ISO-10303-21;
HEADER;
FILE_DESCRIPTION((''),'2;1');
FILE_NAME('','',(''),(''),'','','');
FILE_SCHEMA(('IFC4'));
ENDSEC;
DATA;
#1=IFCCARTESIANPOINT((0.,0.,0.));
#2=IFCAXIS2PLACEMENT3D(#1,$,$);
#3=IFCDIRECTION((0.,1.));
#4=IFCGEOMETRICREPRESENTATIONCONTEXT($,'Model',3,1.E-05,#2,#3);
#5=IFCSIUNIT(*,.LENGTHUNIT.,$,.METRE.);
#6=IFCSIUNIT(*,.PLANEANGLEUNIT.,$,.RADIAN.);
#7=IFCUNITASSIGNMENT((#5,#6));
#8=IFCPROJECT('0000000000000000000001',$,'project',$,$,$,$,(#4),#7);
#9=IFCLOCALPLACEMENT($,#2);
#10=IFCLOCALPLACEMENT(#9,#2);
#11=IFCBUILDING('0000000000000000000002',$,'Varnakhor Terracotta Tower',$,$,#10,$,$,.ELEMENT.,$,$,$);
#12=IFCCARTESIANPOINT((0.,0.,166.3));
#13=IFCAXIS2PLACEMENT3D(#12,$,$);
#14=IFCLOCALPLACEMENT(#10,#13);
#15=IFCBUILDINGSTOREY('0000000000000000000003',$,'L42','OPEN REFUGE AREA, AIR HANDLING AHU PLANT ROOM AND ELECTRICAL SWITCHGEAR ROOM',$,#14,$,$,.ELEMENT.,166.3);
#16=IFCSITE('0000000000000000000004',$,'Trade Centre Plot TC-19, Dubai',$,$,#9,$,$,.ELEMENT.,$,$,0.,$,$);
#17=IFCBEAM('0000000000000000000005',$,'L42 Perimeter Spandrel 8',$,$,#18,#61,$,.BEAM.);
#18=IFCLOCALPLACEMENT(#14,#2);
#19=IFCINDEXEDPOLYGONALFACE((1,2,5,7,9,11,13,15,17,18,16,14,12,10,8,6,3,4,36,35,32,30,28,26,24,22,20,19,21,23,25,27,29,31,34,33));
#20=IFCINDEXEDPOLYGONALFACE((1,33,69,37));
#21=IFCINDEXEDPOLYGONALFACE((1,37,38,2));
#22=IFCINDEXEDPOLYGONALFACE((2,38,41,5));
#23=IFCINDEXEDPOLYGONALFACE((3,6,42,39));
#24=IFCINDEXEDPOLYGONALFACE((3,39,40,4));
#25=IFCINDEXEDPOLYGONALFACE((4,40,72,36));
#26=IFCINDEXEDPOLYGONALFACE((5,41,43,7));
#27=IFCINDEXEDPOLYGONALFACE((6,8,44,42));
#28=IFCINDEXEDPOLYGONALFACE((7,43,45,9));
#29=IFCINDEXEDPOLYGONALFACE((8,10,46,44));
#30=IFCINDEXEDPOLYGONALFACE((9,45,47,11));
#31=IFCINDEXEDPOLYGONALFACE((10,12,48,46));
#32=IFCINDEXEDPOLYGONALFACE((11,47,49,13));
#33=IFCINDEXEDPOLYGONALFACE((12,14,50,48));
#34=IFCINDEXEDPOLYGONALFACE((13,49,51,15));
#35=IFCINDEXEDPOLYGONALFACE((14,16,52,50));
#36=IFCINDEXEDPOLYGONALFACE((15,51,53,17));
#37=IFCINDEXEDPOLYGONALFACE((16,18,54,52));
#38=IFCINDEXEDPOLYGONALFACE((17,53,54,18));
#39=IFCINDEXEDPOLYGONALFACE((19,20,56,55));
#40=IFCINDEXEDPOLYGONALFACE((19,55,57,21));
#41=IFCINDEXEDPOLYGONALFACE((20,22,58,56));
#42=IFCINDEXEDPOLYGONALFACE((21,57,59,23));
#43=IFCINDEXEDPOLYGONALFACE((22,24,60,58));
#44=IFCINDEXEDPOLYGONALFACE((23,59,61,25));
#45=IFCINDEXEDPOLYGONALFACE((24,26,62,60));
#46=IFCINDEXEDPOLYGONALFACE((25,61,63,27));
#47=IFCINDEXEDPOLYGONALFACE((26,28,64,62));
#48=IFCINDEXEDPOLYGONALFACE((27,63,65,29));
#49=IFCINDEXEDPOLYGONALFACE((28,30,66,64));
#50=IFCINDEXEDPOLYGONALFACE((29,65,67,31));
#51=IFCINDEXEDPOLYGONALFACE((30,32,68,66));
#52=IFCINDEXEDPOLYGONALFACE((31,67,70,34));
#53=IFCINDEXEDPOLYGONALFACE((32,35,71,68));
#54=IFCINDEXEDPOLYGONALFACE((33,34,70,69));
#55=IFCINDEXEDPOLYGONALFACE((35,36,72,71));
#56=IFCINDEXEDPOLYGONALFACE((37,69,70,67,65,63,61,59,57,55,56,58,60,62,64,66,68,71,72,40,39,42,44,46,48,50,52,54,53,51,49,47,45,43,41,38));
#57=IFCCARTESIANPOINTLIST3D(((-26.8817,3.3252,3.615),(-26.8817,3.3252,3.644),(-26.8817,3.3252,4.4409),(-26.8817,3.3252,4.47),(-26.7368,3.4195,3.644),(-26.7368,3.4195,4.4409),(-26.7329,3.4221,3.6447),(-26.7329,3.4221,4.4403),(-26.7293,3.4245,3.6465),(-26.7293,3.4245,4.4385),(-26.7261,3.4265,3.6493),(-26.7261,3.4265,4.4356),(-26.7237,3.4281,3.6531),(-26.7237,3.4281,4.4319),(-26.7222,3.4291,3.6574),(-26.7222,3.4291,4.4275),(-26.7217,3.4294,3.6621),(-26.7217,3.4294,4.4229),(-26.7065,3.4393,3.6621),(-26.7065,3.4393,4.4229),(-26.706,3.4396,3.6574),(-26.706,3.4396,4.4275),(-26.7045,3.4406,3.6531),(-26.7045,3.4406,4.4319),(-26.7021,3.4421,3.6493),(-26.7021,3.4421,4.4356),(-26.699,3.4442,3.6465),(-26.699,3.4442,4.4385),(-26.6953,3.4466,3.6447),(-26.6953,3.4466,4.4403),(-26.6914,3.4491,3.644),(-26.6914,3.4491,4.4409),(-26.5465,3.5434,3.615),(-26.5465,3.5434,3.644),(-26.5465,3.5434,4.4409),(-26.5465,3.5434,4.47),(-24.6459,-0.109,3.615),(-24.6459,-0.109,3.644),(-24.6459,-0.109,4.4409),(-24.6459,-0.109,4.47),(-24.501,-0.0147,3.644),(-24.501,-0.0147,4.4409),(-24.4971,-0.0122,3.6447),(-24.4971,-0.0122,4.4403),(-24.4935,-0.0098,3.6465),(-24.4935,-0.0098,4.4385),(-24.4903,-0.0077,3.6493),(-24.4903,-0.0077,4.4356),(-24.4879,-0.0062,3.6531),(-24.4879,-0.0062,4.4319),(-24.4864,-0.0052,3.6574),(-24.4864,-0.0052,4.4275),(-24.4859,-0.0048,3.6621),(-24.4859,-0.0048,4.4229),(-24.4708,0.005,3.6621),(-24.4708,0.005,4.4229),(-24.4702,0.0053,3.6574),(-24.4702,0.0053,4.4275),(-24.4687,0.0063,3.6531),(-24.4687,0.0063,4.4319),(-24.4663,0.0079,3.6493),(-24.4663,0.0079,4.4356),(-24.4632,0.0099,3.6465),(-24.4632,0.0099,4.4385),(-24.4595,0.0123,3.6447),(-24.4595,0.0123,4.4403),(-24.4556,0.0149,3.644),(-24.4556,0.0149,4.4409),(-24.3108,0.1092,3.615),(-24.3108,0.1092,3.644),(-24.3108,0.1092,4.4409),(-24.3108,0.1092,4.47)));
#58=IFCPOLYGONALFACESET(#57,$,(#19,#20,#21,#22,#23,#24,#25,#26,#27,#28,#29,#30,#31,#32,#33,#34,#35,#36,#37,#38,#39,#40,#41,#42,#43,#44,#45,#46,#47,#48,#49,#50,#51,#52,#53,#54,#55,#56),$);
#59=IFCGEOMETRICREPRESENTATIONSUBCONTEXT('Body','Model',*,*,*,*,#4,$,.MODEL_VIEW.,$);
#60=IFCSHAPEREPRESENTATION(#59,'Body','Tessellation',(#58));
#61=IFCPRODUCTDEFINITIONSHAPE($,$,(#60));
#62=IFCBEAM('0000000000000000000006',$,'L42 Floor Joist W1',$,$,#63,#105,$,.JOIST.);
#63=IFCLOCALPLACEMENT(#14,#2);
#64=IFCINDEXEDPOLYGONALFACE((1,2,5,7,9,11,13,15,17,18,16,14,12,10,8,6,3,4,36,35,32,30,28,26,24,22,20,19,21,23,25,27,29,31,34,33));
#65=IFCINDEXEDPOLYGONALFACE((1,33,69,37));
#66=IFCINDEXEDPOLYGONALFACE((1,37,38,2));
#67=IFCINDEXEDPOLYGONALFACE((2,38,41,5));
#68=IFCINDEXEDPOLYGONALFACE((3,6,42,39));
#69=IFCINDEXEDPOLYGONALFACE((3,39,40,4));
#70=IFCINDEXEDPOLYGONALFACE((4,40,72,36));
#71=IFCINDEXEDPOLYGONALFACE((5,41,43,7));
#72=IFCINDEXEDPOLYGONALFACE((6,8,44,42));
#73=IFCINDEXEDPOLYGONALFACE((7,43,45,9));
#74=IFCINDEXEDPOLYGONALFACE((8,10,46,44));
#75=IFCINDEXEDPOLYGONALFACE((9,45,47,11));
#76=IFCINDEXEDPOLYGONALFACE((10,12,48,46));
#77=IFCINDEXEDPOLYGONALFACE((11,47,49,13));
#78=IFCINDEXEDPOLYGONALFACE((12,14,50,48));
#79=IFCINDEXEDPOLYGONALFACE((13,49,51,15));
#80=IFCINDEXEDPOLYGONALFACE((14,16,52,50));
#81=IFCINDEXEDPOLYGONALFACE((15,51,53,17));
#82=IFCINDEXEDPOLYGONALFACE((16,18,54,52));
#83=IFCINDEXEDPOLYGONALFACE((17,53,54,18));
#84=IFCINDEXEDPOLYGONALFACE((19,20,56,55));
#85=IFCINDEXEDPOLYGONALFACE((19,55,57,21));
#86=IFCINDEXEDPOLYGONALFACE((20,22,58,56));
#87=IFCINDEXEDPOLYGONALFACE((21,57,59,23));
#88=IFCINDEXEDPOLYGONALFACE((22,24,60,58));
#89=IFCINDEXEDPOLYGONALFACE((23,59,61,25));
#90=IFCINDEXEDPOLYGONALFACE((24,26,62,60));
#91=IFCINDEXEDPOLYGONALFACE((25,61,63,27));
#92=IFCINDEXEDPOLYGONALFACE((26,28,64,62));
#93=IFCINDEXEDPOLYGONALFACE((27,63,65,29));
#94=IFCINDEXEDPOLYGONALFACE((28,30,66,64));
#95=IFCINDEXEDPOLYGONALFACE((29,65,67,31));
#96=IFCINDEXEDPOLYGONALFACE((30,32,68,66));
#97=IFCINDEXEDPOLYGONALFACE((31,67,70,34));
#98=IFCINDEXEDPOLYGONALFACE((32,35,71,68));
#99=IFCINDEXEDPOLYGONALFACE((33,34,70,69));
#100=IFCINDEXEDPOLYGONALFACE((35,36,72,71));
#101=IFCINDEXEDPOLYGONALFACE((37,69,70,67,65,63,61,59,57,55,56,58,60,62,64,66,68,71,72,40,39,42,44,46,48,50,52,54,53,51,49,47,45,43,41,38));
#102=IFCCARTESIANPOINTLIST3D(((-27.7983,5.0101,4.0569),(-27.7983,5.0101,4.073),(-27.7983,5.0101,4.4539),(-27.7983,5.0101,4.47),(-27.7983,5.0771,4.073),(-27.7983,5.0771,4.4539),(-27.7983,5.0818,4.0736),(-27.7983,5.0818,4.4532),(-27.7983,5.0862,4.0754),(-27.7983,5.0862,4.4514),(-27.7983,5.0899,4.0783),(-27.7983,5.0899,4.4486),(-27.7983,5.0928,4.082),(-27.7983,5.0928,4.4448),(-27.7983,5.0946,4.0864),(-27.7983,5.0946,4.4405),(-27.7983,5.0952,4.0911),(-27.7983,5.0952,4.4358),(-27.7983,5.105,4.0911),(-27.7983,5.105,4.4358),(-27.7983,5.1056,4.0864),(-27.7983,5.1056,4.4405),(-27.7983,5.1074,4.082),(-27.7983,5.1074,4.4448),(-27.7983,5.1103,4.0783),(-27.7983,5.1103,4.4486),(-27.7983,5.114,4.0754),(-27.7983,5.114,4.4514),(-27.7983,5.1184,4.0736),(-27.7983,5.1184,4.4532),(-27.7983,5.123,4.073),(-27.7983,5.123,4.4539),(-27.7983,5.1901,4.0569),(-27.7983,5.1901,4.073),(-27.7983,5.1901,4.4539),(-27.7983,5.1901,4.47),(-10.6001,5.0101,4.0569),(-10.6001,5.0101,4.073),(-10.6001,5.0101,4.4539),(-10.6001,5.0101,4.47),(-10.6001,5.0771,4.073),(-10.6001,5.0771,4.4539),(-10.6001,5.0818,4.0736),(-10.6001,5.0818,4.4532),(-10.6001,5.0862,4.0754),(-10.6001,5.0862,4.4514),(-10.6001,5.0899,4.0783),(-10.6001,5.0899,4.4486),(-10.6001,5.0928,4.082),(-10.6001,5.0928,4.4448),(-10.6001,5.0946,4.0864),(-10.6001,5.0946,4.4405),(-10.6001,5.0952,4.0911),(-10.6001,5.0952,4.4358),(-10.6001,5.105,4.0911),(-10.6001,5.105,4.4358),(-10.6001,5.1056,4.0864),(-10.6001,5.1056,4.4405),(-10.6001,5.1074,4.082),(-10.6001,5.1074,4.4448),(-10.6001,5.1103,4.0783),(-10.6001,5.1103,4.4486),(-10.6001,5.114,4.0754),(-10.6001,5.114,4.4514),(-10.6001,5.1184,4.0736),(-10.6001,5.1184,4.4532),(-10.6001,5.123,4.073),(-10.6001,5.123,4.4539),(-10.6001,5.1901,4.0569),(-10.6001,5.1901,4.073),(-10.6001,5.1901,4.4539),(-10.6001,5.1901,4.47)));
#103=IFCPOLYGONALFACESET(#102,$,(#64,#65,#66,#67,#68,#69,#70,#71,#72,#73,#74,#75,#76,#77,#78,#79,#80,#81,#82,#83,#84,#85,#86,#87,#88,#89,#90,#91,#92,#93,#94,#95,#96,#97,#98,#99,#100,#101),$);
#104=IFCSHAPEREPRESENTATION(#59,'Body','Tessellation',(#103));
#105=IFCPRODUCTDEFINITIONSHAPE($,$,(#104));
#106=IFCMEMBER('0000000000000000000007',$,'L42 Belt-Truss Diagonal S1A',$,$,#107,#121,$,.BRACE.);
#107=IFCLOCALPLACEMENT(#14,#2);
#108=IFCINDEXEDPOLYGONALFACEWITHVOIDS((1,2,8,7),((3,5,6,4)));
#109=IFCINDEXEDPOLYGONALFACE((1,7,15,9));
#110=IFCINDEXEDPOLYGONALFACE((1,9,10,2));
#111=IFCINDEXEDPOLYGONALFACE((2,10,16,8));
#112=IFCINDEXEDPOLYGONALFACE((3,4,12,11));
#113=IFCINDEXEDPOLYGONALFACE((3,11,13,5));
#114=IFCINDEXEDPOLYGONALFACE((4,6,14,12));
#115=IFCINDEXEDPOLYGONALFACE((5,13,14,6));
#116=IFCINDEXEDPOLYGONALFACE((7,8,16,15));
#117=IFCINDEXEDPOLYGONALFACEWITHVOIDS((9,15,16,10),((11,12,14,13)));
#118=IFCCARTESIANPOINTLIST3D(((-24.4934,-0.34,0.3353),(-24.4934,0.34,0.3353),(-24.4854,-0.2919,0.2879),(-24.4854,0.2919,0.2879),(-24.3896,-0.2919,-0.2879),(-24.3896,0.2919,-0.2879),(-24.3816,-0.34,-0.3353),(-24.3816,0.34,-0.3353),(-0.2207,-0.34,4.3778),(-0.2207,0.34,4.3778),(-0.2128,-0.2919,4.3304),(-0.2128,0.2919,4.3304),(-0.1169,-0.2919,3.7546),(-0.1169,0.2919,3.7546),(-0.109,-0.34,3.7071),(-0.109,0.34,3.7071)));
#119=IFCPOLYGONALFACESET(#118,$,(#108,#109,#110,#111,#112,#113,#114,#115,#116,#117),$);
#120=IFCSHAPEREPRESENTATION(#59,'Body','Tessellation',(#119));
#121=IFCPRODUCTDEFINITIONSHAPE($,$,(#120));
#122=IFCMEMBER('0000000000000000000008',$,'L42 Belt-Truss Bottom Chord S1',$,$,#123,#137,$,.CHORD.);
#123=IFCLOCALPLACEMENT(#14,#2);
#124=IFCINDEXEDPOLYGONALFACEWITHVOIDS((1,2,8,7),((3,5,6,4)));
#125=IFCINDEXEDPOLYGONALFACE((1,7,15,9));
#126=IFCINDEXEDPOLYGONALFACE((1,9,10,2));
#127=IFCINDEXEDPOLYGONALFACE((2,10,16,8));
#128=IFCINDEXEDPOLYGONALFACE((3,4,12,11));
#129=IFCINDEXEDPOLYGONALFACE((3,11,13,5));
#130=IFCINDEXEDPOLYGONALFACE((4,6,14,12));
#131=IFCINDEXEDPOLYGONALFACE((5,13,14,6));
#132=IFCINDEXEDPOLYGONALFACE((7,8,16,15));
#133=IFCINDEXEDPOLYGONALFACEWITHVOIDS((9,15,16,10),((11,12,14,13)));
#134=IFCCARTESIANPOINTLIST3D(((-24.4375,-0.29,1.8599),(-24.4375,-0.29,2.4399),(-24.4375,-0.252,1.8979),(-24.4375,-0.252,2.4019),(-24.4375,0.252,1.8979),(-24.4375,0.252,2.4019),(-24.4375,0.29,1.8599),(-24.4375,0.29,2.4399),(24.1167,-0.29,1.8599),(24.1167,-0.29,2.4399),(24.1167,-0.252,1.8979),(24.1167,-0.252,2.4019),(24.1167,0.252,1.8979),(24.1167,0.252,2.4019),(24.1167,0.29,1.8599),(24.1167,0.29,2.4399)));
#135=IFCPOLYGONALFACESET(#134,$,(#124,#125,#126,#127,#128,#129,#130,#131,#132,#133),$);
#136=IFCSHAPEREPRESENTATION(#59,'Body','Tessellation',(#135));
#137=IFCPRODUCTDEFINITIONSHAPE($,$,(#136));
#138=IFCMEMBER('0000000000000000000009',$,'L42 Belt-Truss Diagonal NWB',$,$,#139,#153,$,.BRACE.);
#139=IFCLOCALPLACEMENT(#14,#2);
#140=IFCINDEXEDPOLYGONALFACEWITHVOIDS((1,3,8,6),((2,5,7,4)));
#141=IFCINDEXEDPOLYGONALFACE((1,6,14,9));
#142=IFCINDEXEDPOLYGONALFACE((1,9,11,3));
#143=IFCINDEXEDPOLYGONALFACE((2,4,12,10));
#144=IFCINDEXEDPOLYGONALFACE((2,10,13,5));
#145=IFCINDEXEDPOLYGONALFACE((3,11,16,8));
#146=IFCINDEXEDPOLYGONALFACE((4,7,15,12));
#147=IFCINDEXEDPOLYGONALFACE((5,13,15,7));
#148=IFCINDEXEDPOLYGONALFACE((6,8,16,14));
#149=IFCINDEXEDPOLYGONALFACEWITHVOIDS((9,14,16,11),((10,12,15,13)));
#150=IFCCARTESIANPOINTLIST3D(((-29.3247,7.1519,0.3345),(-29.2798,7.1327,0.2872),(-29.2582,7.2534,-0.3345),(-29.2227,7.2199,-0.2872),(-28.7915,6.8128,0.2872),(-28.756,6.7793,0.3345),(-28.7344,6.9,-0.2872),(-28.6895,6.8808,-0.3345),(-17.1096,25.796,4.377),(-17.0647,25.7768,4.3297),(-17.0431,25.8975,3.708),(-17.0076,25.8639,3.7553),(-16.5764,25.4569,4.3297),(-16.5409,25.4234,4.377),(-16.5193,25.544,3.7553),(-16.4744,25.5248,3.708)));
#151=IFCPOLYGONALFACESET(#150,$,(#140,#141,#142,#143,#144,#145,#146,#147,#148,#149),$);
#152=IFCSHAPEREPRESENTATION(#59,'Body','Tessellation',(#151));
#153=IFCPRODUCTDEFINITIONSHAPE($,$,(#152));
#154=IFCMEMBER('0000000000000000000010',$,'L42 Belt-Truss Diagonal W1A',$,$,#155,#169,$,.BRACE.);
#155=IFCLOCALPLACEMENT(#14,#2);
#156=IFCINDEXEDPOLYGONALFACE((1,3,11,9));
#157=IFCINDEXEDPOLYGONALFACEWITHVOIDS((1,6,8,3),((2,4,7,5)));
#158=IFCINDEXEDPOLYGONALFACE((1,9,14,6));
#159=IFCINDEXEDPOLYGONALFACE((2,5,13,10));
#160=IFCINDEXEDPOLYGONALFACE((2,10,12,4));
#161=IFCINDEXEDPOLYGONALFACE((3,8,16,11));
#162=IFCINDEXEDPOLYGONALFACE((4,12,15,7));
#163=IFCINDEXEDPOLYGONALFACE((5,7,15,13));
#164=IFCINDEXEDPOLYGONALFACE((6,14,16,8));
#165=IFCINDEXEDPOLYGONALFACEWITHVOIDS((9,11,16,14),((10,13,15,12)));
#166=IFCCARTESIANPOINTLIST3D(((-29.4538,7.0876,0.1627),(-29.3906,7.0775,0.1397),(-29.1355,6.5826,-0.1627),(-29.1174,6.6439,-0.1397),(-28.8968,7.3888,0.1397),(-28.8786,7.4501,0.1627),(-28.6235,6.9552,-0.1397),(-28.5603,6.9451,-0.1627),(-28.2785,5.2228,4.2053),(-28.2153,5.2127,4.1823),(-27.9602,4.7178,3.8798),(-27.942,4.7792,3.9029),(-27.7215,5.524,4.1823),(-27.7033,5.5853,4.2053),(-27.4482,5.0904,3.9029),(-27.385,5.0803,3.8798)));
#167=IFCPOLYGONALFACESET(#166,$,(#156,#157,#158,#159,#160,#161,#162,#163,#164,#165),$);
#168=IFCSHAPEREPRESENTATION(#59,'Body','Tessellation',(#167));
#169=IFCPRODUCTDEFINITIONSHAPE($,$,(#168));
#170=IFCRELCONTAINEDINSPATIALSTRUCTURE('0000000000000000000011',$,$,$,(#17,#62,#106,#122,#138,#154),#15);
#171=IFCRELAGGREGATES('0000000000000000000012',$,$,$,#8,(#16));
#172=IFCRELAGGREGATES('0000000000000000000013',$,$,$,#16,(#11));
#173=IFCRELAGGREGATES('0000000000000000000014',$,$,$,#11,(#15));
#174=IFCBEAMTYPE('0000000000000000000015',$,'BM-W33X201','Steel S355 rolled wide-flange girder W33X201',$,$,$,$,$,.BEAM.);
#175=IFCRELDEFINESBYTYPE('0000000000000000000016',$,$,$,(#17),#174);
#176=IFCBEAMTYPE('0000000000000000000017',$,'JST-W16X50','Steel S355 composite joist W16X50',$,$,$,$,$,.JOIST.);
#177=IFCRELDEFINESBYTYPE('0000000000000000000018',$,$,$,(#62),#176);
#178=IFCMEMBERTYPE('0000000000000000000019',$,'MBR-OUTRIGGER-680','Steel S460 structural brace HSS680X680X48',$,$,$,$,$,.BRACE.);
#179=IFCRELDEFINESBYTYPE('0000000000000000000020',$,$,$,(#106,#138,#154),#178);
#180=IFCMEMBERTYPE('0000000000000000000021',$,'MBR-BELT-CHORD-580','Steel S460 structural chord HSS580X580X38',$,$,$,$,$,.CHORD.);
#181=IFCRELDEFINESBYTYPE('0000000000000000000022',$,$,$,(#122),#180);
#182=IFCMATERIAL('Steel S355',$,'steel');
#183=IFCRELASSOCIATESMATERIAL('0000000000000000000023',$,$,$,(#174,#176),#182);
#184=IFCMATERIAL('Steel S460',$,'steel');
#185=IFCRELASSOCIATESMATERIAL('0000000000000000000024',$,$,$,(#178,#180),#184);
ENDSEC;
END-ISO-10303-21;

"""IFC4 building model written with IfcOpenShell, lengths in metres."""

from ifc_helpers import new_model, si_unit, direction, frame, origin, origin_2d, place, context, subcontext, project, spatial, hollow_rectangle, i_section, extrude, source, transform, mapped, material, material_profile, profile_set, type_object, element, save


model = new_model("IFC4")

# Units and contexts
model_context = context("Model", 3, precision=1e-05, world=origin(), true_north=direction((0.0, 1.0)))
body_context = subcontext(model_context, "Body", "Model", "MODEL_VIEW")
ifc_project = project(units=[si_unit("LENGTHUNIT", "METRE"), si_unit("PLANEANGLEUNIT", "RADIAN")], contexts=[model_context])

# Site, building, storey
site_placement = place(None, origin())
site = spatial("IfcSite", under=ifc_project, at=site_placement, Name="Trade Centre Plot TC-19, Dubai", CompositionType="ELEMENT", RefElevation=0.0)
building_placement = place(site_placement, origin())
building = spatial("IfcBuilding", under=site, at=building_placement, Name="Varnakhor Terracotta Tower", CompositionType="ELEMENT")
storey_placement = place(building_placement, frame((0.0, 0.0, 166.3)))
storey = spatial("IfcBuildingStorey", under=building, at=storey_placement, Name="L42", Description="OPEN REFUGE AREA, AIR HANDLING AHU PLANT ROOM AND ELECTRICAL SWITCHGEAR ROOM", CompositionType="ELEMENT", Elevation=166.3)

# Shared definitions
ifc_material_1 = material(Name="Steel S460", Category="steel")

# Beams
ifc_material_2 = material(Name="Steel S355", Category="steel")
ifc_material_profile_1 = material_profile(ifc_material_2, i_section(OverallWidth=0.3999, OverallDepth=0.855, WebThickness=0.0181, FlangeThickness=0.0291, FilletRadius=0.0181, at=origin_2d()), Name="W33X201")
ifc_profile_set_1 = profile_set([ifc_material_profile_1], Name="Steel S355")
beam_type_1 = type_object("IfcBeamType", Name="BM-W33X201", Description="Steel S355 rolled wide-flange girder W33X201", PredefinedType="BEAM", material=ifc_profile_set_1)
shared_shape_1 = source(origin(), body_context, "Body", "SweptSolid", [
    extrude(i_section(OverallWidth=0.3999, OverallDepth=0.855, WebThickness=0.0181, FlangeThickness=0.0291, FilletRadius=0.0181, at=origin_2d()), origin(), (0.0, 0.0, 1.0), 4.0979),
])
for number, where, z_axis, x_axis, name in (
    (1, (-26.7141, 3.4343, 4.0425), (0.545593, -0.83805, 0.0), (0.83805, 0.545593, 0.0), "L42 Perimeter Spandrel 8"),
):
    element("IfcBeam", number, at=place(storey_placement, frame(where, z_axis=z_axis, x_axis=x_axis)), inside=storey, type_object=beam_type_1, Name=name, PredefinedType="BEAM", context=body_context, shape_type="MappedRepresentation", body=[
        mapped(shared_shape_1, transform((0.0, 0.0, 0.0), scale=1.0)),
    ])
ifc_material_profile_2 = material_profile(ifc_material_2, i_section(OverallWidth=0.1799, OverallDepth=0.4131, WebThickness=0.0098, FlangeThickness=0.0161, FilletRadius=0.0181, at=origin_2d()), Name="W16X50")
ifc_profile_set_2 = profile_set([ifc_material_profile_2], Name="Steel S355")
beam_type_2 = type_object("IfcBeamType", Name="JST-W16X50", Description="Steel S355 composite joist W16X50", PredefinedType="JOIST", material=ifc_profile_set_2)
shared_shape_2 = source(origin(), body_context, "Body", "SweptSolid", [
    extrude(i_section(OverallWidth=0.1799, OverallDepth=0.4131, WebThickness=0.0098, FlangeThickness=0.0161, FilletRadius=0.0181, at=origin_2d()), origin(), (0.0, 0.0, 1.0), 17.1982),
])
beam_1_placement = place(storey_placement, frame((-27.7983, 5.1001, 4.2634), z_axis=(1.0, 0.0, 0.0), x_axis=(0.0, 1.0, 0.0)))
element("IfcBeam", 2, at=beam_1_placement, inside=storey, type_object=beam_type_2, Name="L42 Floor Joist W1", PredefinedType="JOIST", context=body_context, shape_type="MappedRepresentation", body=[
    mapped(shared_shape_2, transform((0.0, 0.0, 0.0), scale=1.0)),
])

# Members
ifc_material_profile_3 = material_profile(ifc_material_1, hollow_rectangle(XDim=0.6799, YDim=0.6799, WallThickness=0.0481, at=origin_2d()), Name="HSS680X680X48")
ifc_profile_set_3 = profile_set([ifc_material_profile_3], Name="Steel S460")
member_type_1 = type_object("IfcMemberType", Name="MBR-OUTRIGGER-680", Description="Steel S460 structural brace HSS680X680X48", PredefinedType="BRACE", material=ifc_profile_set_3)
shared_shape_3 = source(origin(), body_context, "Body", "SweptSolid", [
    extrude(hollow_rectangle(XDim=0.6799, YDim=0.6799, WallThickness=0.0481, at=origin_2d()), origin(), (0.0, 0.0, 1.0), 24.6069),
])
member_1_placement = place(storey_placement, frame((-24.4375, 0.0, 0.0), z_axis=(0.986413, 0.0, 0.164282), x_axis=(0.0, 1.0, 0.0)))
element("IfcMember", 3, at=member_1_placement, inside=storey, type_object=member_type_1, Name="L42 Belt-Truss Diagonal S1A", PredefinedType="BRACE", context=body_context, shape_type="MappedRepresentation", body=[
    mapped(shared_shape_3, transform((0.0, 0.0, 0.0), scale=1.0)),
])
ifc_material_profile_4 = material_profile(ifc_material_1, hollow_rectangle(XDim=0.5801, YDim=0.5801, WallThickness=0.0381, at=origin_2d()), Name="HSS580X580X38")
ifc_profile_set_4 = profile_set([ifc_material_profile_4], Name="Steel S460")
member_type_2 = type_object("IfcMemberType", Name="MBR-BELT-CHORD-580", Description="Steel S460 structural chord HSS580X580X38", PredefinedType="CHORD", material=ifc_profile_set_4)
shared_shape_4 = source(origin(), body_context, "Body", "SweptSolid", [
    extrude(hollow_rectangle(XDim=0.5801, YDim=0.5801, WallThickness=0.0381, at=origin_2d()), origin(), (0.0, 0.0, 1.0), 48.5542),
])
member_2_placement = place(storey_placement, frame((-24.4375, 0.0, 2.1499), z_axis=(1.0, 0.0, 0.0), x_axis=(0.0, 1.0, 0.0)))
element("IfcMember", 4, at=member_2_placement, inside=storey, type_object=member_type_2, Name="L42 Belt-Truss Bottom Chord S1", PredefinedType="CHORD", context=body_context, shape_type="MappedRepresentation", body=[
    mapped(shared_shape_4, transform((0.0, 0.0, 0.0), scale=1.0)),
])
shared_shape_5 = source(origin(), body_context, "Body", "SweptSolid", [
    extrude(hollow_rectangle(XDim=0.6799, YDim=0.6799, WallThickness=0.0481, at=origin_2d()), origin(), (0.0, 0.0, 1.0), 22.6528),
])
member_3_placement = place(storey_placement, frame((-29.0071, 7.0164, 0.0), z_axis=(0.53923, 0.823034, 0.178454), x_axis=(-0.836461, 0.548027, 0.0)))
element("IfcMember", 5, at=member_3_placement, inside=storey, type_object=member_type_1, Name="L42 Belt-Truss Diagonal NWB", PredefinedType="BRACE", context=body_context, shape_type="MappedRepresentation", body=[
    mapped(shared_shape_5, transform((0.0, 0.0, 0.0), scale=1.0)),
])
shared_shape_6 = source(origin(), body_context, "Body", "SweptSolid", [
    extrude(hollow_rectangle(XDim=0.6799, YDim=0.6799, WallThickness=0.0481, at=origin_2d()), origin(), (0.0, 0.0, 1.0), 4.6045),
])
member_4_placement = place(storey_placement, frame((-29.0071, 7.0164, 0.0), z_axis=(0.255256, -0.404995, 0.877966), x_axis=(0.845989, 0.533201, 0.0)))
element("IfcMember", 6, at=member_4_placement, inside=storey, type_object=member_type_1, Name="L42 Belt-Truss Diagonal W1A", PredefinedType="BRACE", context=body_context, shape_type="MappedRepresentation", body=[
    mapped(shared_shape_6, transform((0.0, 0.0, 0.0), scale=1.0)),
])

save(model, "model.ifc")
